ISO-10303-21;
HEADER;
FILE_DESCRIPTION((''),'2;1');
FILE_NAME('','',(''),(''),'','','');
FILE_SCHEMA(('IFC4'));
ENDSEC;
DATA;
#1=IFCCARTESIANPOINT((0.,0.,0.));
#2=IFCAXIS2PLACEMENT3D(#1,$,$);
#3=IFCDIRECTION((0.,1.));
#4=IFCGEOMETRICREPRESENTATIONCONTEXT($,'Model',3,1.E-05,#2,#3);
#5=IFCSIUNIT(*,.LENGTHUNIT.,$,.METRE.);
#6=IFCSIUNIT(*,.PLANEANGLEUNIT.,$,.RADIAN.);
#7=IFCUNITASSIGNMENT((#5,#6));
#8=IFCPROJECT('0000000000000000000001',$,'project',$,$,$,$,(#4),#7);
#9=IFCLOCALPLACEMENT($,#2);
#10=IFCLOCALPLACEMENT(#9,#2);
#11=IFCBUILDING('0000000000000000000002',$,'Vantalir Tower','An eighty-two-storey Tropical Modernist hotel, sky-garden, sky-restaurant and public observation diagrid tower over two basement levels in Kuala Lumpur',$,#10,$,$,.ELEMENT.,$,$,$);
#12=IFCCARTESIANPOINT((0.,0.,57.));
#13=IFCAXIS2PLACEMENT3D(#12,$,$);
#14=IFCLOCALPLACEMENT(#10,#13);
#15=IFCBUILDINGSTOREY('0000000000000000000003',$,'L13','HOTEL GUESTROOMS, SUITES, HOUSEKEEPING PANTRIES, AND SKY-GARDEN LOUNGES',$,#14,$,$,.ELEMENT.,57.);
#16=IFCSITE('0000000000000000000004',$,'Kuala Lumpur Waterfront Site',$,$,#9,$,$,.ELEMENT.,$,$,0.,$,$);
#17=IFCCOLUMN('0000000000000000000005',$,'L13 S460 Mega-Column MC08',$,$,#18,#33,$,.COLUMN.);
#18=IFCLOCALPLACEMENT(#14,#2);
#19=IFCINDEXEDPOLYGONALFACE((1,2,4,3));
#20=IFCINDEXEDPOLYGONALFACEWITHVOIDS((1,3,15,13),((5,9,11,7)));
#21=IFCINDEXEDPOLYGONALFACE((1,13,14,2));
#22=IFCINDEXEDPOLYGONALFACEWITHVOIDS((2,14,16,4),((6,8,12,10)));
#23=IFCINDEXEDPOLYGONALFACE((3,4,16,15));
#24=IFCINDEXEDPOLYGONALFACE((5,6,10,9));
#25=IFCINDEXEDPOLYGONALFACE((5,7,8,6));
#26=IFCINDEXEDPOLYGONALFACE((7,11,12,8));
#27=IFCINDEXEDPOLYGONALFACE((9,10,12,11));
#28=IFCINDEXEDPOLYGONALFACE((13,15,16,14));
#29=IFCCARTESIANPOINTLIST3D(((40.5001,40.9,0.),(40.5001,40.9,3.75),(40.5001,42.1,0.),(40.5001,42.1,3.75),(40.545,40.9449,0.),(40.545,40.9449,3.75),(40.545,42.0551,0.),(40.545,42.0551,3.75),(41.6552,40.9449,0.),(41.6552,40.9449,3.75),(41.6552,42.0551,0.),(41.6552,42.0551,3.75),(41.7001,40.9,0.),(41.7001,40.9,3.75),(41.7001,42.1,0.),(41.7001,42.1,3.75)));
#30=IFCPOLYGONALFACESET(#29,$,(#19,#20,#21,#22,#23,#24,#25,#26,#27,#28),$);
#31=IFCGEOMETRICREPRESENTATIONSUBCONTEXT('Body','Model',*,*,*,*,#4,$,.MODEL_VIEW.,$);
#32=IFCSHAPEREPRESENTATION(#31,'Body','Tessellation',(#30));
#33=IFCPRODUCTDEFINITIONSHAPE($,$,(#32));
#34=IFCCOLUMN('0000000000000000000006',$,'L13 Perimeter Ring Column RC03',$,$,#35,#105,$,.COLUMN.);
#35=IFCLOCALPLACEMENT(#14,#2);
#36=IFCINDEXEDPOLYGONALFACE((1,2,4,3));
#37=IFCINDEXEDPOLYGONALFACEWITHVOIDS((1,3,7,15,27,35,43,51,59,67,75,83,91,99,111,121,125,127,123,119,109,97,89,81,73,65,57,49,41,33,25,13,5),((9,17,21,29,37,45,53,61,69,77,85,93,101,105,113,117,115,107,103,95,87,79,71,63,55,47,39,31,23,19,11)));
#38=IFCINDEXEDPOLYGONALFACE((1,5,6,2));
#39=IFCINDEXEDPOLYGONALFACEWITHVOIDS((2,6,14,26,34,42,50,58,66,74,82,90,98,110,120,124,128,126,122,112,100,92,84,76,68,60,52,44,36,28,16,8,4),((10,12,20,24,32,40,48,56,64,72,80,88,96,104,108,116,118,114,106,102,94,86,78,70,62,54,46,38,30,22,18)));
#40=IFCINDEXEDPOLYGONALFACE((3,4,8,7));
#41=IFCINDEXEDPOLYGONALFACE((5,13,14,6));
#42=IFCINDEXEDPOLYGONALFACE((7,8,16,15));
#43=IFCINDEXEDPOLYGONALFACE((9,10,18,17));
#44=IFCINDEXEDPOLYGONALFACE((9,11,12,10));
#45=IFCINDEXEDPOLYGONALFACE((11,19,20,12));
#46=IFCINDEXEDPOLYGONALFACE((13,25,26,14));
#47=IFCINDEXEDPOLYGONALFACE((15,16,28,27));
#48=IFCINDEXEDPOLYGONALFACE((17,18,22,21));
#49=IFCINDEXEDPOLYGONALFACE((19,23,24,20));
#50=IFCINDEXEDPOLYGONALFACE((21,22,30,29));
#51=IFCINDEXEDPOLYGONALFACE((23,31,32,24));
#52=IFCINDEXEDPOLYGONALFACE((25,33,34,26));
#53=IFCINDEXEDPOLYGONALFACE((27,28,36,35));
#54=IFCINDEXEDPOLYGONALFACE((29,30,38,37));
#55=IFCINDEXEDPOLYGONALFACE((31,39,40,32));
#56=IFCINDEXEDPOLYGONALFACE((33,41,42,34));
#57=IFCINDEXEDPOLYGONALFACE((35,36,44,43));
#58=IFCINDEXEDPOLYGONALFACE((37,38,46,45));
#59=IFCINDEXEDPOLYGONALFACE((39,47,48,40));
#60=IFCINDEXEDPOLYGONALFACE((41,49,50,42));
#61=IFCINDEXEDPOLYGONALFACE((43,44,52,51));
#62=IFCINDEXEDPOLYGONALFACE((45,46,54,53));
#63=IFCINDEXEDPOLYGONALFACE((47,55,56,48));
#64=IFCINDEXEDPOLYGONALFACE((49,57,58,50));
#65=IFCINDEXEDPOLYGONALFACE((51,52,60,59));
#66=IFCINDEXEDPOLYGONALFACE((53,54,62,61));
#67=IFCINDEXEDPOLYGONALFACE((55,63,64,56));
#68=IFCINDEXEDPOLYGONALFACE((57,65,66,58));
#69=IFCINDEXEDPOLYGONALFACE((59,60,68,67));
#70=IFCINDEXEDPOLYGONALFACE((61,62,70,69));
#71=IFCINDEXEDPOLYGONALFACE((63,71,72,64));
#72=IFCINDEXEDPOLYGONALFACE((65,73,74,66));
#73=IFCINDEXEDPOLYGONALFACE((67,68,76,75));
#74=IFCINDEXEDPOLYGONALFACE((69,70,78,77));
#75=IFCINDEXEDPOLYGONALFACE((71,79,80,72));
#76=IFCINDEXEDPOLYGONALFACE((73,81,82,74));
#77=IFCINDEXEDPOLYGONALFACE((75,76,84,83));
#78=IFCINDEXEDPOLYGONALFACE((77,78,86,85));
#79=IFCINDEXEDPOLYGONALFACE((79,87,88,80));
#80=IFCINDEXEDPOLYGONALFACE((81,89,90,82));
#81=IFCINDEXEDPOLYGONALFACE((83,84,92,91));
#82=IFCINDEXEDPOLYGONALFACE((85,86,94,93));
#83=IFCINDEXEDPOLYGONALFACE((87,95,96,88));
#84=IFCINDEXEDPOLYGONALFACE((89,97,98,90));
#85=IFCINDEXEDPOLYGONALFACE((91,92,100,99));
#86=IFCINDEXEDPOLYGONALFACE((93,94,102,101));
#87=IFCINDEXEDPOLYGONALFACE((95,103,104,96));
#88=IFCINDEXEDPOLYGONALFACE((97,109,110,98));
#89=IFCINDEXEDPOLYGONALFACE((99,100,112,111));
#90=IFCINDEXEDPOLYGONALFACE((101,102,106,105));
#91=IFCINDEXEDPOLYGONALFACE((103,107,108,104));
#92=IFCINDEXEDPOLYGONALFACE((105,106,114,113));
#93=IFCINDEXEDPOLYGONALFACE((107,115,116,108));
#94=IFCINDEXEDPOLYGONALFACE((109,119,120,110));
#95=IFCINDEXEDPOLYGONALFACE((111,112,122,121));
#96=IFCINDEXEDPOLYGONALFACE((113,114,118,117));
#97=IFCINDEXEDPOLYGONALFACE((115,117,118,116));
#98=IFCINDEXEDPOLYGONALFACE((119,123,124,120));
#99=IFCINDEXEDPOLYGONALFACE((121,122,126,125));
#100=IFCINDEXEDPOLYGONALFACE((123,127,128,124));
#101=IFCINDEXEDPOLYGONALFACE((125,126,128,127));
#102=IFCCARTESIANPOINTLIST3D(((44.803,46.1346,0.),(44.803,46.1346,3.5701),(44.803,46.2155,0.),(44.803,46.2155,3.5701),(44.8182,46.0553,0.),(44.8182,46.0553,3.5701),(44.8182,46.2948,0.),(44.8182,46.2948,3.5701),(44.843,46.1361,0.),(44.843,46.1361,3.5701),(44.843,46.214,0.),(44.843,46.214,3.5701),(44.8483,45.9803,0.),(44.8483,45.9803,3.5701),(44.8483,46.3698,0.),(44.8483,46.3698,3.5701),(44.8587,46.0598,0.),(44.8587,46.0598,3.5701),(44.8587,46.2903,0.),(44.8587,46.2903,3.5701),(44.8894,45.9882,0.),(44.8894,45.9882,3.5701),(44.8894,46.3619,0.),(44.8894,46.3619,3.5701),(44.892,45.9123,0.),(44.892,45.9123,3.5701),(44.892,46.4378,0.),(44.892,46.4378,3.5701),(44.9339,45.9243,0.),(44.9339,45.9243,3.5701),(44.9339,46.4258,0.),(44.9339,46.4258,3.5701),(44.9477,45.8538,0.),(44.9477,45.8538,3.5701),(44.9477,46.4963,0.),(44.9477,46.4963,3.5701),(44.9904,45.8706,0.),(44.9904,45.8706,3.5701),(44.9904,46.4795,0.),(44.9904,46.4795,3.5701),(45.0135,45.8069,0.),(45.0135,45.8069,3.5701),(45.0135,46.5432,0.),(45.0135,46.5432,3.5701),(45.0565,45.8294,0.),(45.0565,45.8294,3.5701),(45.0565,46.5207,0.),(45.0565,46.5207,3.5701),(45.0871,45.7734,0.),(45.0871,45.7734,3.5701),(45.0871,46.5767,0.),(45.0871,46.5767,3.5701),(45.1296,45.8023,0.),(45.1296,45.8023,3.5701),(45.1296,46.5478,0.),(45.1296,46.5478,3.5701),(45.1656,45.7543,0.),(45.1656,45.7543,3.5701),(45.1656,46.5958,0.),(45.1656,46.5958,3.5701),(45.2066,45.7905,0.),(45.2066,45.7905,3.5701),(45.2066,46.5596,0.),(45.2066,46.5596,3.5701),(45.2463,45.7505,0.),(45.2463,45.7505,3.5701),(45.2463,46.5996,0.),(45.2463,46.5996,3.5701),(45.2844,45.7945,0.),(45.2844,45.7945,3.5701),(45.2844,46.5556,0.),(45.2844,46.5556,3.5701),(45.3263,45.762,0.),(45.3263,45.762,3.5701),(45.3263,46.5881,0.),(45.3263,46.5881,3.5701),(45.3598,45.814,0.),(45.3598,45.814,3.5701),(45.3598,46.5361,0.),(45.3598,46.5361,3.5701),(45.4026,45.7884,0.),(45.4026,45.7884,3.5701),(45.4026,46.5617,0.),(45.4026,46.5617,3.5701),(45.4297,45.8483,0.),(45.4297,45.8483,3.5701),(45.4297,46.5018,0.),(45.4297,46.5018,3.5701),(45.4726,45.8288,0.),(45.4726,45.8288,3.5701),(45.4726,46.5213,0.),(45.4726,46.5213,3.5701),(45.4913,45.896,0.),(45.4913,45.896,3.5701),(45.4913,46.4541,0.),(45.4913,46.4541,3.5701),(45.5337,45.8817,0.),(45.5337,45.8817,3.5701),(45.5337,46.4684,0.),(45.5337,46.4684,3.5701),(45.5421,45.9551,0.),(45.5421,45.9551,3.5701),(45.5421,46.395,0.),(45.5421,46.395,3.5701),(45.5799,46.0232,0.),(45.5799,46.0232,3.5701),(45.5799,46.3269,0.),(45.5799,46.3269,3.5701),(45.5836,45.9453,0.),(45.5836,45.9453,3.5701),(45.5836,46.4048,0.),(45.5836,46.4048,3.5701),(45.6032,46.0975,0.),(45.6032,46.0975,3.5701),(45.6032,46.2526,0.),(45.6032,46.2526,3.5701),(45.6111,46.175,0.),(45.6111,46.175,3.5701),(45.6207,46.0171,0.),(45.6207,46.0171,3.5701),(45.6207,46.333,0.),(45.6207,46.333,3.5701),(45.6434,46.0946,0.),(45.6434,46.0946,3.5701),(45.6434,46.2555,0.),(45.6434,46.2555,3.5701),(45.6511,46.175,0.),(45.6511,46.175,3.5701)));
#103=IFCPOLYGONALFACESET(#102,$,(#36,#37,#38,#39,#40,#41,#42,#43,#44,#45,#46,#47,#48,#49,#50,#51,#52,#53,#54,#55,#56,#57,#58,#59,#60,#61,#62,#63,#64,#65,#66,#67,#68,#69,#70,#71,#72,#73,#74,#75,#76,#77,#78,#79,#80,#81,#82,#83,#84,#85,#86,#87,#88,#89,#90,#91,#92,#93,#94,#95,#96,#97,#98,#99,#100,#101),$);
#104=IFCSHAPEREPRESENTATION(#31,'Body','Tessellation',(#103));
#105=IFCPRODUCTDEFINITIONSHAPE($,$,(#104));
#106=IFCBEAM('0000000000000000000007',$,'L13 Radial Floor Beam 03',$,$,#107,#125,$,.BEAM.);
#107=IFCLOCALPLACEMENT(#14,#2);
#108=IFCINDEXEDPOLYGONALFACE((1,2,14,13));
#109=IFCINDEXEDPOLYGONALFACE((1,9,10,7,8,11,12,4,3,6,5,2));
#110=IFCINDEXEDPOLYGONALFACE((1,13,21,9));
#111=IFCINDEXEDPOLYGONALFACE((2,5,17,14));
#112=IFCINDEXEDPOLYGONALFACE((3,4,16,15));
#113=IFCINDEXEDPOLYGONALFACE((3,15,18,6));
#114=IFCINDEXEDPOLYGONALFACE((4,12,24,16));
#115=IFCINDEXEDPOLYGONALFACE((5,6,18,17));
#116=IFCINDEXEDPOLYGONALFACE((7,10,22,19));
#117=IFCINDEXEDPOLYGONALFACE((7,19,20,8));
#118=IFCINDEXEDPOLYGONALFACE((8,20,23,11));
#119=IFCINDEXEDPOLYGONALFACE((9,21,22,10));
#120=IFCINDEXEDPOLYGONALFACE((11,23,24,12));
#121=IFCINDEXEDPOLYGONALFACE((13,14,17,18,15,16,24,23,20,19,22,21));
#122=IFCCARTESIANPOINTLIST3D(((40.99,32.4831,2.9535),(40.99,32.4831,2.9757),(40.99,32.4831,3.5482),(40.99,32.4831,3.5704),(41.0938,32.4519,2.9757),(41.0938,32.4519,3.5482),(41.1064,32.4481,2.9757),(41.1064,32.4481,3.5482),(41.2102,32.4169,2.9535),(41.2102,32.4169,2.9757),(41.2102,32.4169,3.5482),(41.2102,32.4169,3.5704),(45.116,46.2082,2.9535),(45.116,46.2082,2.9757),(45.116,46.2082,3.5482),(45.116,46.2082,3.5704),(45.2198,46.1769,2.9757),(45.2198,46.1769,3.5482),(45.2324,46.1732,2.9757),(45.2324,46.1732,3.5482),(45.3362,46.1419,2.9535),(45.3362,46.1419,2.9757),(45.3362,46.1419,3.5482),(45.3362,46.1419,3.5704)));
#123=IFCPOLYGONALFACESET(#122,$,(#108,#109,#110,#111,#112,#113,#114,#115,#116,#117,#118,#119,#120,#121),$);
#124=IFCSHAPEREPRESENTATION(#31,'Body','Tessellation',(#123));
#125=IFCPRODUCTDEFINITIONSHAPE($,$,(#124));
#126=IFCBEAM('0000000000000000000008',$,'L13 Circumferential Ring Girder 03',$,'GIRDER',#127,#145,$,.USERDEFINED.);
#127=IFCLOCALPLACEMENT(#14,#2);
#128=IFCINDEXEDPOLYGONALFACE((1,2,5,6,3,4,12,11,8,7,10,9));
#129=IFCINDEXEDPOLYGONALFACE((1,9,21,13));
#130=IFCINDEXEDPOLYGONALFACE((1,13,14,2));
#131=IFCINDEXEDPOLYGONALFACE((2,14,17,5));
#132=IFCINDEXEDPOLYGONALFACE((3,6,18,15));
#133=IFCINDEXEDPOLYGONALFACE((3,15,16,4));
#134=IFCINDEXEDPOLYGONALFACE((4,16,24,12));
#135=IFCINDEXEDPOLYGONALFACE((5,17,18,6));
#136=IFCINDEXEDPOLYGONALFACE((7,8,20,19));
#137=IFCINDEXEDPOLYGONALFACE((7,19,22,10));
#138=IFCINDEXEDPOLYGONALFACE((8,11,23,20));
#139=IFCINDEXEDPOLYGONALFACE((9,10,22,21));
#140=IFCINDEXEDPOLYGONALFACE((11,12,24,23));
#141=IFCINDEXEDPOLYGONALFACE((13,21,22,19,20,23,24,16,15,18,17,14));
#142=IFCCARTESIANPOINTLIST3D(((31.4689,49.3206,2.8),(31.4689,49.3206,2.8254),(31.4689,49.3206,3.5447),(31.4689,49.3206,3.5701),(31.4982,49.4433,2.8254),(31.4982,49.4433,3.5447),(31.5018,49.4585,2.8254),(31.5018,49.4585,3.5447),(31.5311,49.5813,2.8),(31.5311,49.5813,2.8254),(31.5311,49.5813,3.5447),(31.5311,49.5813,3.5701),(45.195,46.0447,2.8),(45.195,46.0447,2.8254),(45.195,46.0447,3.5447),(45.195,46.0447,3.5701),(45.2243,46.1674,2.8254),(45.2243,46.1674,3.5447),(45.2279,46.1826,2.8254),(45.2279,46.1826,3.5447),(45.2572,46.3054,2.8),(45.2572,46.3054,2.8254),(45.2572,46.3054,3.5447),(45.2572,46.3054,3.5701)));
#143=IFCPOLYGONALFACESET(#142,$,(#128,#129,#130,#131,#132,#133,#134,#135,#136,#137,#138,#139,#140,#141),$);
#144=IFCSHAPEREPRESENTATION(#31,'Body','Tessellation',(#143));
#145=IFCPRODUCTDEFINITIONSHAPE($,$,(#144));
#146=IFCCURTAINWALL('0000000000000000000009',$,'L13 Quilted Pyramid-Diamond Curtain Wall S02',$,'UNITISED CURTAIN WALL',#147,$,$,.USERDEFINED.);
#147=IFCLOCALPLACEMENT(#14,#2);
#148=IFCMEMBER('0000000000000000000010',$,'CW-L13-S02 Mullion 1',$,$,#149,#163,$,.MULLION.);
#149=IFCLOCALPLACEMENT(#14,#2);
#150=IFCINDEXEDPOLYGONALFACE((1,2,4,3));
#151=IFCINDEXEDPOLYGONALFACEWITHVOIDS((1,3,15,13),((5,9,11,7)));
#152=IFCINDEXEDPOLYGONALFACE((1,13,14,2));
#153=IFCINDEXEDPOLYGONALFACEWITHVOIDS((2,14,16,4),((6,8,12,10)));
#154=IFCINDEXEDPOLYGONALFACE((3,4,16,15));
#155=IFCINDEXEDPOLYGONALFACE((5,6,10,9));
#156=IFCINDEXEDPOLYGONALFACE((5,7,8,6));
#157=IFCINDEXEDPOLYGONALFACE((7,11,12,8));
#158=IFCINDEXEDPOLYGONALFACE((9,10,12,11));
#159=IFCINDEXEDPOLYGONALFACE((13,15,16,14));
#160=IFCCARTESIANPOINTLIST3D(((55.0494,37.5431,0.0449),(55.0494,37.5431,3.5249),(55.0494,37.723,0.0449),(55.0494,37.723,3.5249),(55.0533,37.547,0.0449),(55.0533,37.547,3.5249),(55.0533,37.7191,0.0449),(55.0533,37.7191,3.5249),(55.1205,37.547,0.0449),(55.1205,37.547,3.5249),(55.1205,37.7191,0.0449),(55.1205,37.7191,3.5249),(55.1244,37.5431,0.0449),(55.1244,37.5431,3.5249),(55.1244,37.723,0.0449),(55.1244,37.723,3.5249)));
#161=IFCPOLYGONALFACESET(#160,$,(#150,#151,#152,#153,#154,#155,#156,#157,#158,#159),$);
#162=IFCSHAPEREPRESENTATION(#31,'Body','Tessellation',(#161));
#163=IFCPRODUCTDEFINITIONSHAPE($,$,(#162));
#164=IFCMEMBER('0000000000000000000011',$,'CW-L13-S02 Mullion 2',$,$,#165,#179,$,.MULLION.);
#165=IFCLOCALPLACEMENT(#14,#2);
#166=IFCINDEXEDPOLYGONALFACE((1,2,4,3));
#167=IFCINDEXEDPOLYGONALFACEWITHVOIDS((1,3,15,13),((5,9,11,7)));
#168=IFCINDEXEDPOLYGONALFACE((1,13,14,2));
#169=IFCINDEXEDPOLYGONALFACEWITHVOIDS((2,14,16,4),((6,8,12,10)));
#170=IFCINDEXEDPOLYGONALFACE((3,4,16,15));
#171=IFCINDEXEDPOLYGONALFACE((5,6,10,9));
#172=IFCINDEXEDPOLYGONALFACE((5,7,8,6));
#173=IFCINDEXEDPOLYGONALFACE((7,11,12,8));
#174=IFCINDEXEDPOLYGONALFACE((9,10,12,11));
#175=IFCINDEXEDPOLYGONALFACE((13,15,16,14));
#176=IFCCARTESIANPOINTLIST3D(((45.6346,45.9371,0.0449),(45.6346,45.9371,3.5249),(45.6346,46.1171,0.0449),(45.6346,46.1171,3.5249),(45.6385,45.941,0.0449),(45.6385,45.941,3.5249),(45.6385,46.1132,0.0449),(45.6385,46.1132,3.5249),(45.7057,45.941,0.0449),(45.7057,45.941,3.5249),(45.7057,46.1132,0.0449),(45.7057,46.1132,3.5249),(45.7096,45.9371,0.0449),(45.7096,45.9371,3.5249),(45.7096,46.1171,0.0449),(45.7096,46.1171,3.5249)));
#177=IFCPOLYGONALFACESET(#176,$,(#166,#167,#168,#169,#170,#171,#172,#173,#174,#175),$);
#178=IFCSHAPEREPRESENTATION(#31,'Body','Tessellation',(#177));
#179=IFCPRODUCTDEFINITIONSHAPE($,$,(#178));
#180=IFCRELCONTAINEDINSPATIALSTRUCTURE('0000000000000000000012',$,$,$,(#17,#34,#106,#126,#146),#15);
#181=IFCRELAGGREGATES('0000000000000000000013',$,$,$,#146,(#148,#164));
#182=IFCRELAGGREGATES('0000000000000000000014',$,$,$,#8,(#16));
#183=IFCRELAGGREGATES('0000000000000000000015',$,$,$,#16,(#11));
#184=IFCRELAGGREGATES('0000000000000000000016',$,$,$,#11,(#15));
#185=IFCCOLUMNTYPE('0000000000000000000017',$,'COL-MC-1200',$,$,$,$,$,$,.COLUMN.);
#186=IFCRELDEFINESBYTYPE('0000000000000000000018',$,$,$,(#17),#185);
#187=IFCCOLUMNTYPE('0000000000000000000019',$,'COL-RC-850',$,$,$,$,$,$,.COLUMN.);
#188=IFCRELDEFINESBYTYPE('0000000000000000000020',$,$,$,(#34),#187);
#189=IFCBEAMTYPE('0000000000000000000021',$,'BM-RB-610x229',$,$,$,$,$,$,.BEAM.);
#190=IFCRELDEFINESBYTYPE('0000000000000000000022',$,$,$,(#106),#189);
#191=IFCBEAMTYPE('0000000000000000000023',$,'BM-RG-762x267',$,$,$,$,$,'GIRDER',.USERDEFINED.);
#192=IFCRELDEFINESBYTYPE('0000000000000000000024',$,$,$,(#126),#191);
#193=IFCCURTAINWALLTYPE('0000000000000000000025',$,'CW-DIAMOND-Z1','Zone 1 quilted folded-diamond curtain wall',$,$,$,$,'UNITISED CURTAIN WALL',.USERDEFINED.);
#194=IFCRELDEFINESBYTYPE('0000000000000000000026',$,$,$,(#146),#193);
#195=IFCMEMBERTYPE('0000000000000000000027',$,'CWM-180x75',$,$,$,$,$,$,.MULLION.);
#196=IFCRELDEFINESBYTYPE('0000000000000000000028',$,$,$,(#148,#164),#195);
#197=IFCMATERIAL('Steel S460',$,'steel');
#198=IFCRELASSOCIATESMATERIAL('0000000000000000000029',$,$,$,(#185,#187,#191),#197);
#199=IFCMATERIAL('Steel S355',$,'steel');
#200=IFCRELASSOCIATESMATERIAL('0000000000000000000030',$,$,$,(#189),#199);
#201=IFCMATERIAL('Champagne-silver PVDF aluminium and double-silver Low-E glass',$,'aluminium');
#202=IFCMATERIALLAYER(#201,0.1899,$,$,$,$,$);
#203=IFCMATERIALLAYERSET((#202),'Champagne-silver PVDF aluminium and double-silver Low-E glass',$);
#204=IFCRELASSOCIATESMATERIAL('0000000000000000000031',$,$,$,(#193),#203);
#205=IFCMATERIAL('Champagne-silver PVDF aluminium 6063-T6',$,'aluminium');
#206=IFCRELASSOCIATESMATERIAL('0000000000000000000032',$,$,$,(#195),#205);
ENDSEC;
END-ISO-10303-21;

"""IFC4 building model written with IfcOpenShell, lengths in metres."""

from ifc_helpers import new_model, si_unit, direction, frame, origin, origin_2d, place, context, subcontext, project, spatial, hollow_rectangle, hollow_circle, i_section, extrude, material, layer, layer_set, material_profile, profile_set, type_object, element, aggregate, save


model = new_model("IFC4")

# Units and contexts
model_context = context("Model", 3, precision=1e-05, world=origin(), true_north=direction((0.0, 1.0)))
body_context = subcontext(model_context, "Body", "Model", "MODEL_VIEW")
ifc_project = project(units=[si_unit("LENGTHUNIT", "METRE"), si_unit("PLANEANGLEUNIT", "RADIAN")], contexts=[model_context])

# Site, building, storey
site_placement = place(None, origin())
site = spatial("IfcSite", under=ifc_project, at=site_placement, Name="Kuala Lumpur Waterfront Site", CompositionType="ELEMENT", RefElevation=0.0)
building_placement = place(site_placement, origin())
building = spatial("IfcBuilding", under=site, at=building_placement, Name="Vantalir Tower", Description="An eighty-two-storey Tropical Modernist hotel, sky-garden, sky-restaurant and public observation diagrid tower over two basement levels in Kuala Lumpur", CompositionType="ELEMENT")
storey_placement = place(building_placement, frame((0.0, 0.0, 57.0)))
storey = spatial("IfcBuildingStorey", under=building, at=storey_placement, Name="L13", Description="HOTEL GUESTROOMS, SUITES, HOUSEKEEPING PANTRIES, AND SKY-GARDEN LOUNGES", CompositionType="ELEMENT", Elevation=57.0)

# Columns
ifc_material_1 = material(Name="Steel S460", Category="steel")
ifc_material_profile_1 = material_profile(ifc_material_1, hollow_rectangle(XDim=1.2, YDim=1.2, WallThickness=0.0449, at=origin_2d()), Name="Steel S460")
ifc_profile_set_1 = profile_set([ifc_material_profile_1], Name="Steel S460")
column_type_1 = type_object("IfcColumnType", Name="COL-MC-1200", PredefinedType="COLUMN", material=ifc_profile_set_1)
column_1_placement = place(storey_placement, frame((41.1001, 41.5, 0.0), z_axis=(0.0, 0.0, 1.0), x_axis=(1.0, 0.0, 0.0)))
element("IfcColumn", 1, at=column_1_placement, inside=storey, type_object=column_type_1, Name="L13 S460 Mega-Column MC08", PredefinedType="COLUMN", context=body_context, shape_type="SweptSolid", body=[
    extrude(hollow_rectangle(XDim=1.2, YDim=1.2, WallThickness=0.0449, at=origin_2d()), origin(), (0.0, 0.0, 1.0), 3.75),
])
ifc_material_profile_2 = material_profile(ifc_material_1, hollow_circle(Radius=0.425, WallThickness=0.04, at=origin_2d()), Name="Steel S460")
ifc_profile_set_2 = profile_set([ifc_material_profile_2], Name="Steel S460")
column_type_2 = type_object("IfcColumnType", Name="COL-RC-850", PredefinedType="COLUMN", material=ifc_profile_set_2)
column_2_placement = place(storey_placement, frame((45.2261, 46.175, 0.0), z_axis=(0.0, 0.0, 1.0), x_axis=(1.0, 0.0, 0.0)))
element("IfcColumn", 2, at=column_2_placement, inside=storey, type_object=column_type_2, Name="L13 Perimeter Ring Column RC03", PredefinedType="COLUMN", context=body_context, shape_type="SweptSolid", body=[
    extrude(hollow_circle(Radius=0.425, WallThickness=0.04, at=origin_2d()), origin(), (0.0, 0.0, 1.0), 3.5701),
])

# Beams
ifc_material_2 = material(Name="Steel S355", Category="steel")
ifc_material_profile_3 = material_profile(ifc_material_2, i_section(OverallWidth=0.23, OverallDepth=0.6169, WebThickness=0.0132, FlangeThickness=0.0222, at=origin_2d()), Name="Steel S355")
ifc_profile_set_3 = profile_set([ifc_material_profile_3], Name="Steel S355")
beam_type_1 = type_object("IfcBeamType", Name="BM-RB-610x229", PredefinedType="BEAM", material=ifc_profile_set_3)
beam_1_placement = place(storey_placement, frame((45.2261, 46.175, 3.262), z_axis=(-0.287889, -0.957664, 0.0), x_axis=(0.957664, -0.287889, 0.0)))
element("IfcBeam", 3, at=beam_1_placement, inside=storey, type_object=beam_type_1, Name="L13 Radial Floor Beam 03", PredefinedType="BEAM", context=body_context, shape_type="SweptSolid", body=[
    extrude(i_section(OverallWidth=0.23, OverallDepth=0.6169, WebThickness=0.0132, FlangeThickness=0.0222, at=origin_2d()), origin(), (0.0, 0.0, 1.0), 14.3318),
])
ifc_material_profile_4 = material_profile(ifc_material_1, i_section(OverallWidth=0.2681, OverallDepth=0.77, WebThickness=0.0156, FlangeThickness=0.0254, at=origin_2d()), Name="Steel S460")
ifc_profile_set_4 = profile_set([ifc_material_profile_4], Name="Steel S460")
beam_type_2 = type_object("IfcBeamType", Name="BM-RG-762x267", ElementType="GIRDER", PredefinedType="USERDEFINED", material=ifc_profile_set_4)
beam_2_placement = place(storey_placement, frame((45.2261, 46.175, 3.1851), z_axis=(-0.972682, 0.232141, 0.0), x_axis=(-0.232141, -0.972682, 0.0)))
element("IfcBeam", 4, at=beam_2_placement, inside=storey, type_object=beam_type_2, Name="L13 Circumferential Ring Girder 03", ObjectType="GIRDER", PredefinedType="USERDEFINED", context=body_context, shape_type="SweptSolid", body=[
    extrude(i_section(OverallWidth=0.2681, OverallDepth=0.77, WebThickness=0.0156, FlangeThickness=0.0254, at=origin_2d()), origin(), (0.0, 0.0, 1.0), 14.1116),
])

# Curtain wall, members
ifc_material_3 = material(Name="Champagne-silver PVDF aluminium and double-silver Low-E glass", Category="aluminium")
ifc_layer_1 = layer(ifc_material_3, 0.1899)
ifc_layer_set_1 = layer_set([ifc_layer_1], Name="Champagne-silver PVDF aluminium and double-silver Low-E glass")
curtain_wall_type = type_object("IfcCurtainWallType", Name="CW-DIAMOND-Z1", Description="Zone 1 quilted folded-diamond curtain wall", ElementType="UNITISED CURTAIN WALL", PredefinedType="USERDEFINED", material=ifc_layer_set_1)
curtain_wall_1_placement = place(storey_placement, origin())
curtain_wall_1 = element("IfcCurtainWall", 5, at=curtain_wall_1_placement, inside=storey, type_object=curtain_wall_type, Name="L13 Quilted Pyramid-Diamond Curtain Wall S02", ObjectType="UNITISED CURTAIN WALL", PredefinedType="USERDEFINED")
ifc_material_4 = material(Name="Champagne-silver PVDF aluminium 6063-T6", Category="aluminium")
ifc_material_profile_5 = material_profile(ifc_material_4, hollow_rectangle(XDim=0.075, YDim=0.1799, WallThickness=0.0039, at=origin_2d()), Name="Champagne-silver PVDF aluminium 6063-T6")
ifc_profile_set_5 = profile_set([ifc_material_profile_5], Name="Champagne-silver PVDF aluminium 6063-T6")
member_type_1 = type_object("IfcMemberType", Name="CWM-180x75", PredefinedType="MULLION", material=ifc_profile_set_5)
member_1_placement = place(storey_placement, frame((55.0869, 37.6331, 0.0449), z_axis=(0.0, 0.0, 1.0), x_axis=(1.0, 0.0, 0.0)))
member_1 = element("IfcMember", 6, at=member_1_placement, type_object=member_type_1, Name="CW-L13-S02 Mullion 1", PredefinedType="MULLION", context=body_context, shape_type="SweptSolid", body=[
    extrude(hollow_rectangle(XDim=0.075, YDim=0.1799, WallThickness=0.0039, at=origin_2d()), origin(), (0.0, 0.0, 1.0), 3.48),
])
member_2_placement = place(storey_placement, frame((45.6721, 46.0271, 0.0449), z_axis=(0.0, 0.0, 1.0), x_axis=(1.0, 0.0, 0.0)))
member_2 = element("IfcMember", 7, at=member_2_placement, type_object=member_type_1, Name="CW-L13-S02 Mullion 2", PredefinedType="MULLION", context=body_context, shape_type="SweptSolid", body=[
    extrude(hollow_rectangle(XDim=0.075, YDim=0.1799, WallThickness=0.0039, at=origin_2d()), origin(), (0.0, 0.0, 1.0), 3.48),
])

aggregate(curtain_wall_1, [member_1, member_2])

save(model, "model.ifc")
